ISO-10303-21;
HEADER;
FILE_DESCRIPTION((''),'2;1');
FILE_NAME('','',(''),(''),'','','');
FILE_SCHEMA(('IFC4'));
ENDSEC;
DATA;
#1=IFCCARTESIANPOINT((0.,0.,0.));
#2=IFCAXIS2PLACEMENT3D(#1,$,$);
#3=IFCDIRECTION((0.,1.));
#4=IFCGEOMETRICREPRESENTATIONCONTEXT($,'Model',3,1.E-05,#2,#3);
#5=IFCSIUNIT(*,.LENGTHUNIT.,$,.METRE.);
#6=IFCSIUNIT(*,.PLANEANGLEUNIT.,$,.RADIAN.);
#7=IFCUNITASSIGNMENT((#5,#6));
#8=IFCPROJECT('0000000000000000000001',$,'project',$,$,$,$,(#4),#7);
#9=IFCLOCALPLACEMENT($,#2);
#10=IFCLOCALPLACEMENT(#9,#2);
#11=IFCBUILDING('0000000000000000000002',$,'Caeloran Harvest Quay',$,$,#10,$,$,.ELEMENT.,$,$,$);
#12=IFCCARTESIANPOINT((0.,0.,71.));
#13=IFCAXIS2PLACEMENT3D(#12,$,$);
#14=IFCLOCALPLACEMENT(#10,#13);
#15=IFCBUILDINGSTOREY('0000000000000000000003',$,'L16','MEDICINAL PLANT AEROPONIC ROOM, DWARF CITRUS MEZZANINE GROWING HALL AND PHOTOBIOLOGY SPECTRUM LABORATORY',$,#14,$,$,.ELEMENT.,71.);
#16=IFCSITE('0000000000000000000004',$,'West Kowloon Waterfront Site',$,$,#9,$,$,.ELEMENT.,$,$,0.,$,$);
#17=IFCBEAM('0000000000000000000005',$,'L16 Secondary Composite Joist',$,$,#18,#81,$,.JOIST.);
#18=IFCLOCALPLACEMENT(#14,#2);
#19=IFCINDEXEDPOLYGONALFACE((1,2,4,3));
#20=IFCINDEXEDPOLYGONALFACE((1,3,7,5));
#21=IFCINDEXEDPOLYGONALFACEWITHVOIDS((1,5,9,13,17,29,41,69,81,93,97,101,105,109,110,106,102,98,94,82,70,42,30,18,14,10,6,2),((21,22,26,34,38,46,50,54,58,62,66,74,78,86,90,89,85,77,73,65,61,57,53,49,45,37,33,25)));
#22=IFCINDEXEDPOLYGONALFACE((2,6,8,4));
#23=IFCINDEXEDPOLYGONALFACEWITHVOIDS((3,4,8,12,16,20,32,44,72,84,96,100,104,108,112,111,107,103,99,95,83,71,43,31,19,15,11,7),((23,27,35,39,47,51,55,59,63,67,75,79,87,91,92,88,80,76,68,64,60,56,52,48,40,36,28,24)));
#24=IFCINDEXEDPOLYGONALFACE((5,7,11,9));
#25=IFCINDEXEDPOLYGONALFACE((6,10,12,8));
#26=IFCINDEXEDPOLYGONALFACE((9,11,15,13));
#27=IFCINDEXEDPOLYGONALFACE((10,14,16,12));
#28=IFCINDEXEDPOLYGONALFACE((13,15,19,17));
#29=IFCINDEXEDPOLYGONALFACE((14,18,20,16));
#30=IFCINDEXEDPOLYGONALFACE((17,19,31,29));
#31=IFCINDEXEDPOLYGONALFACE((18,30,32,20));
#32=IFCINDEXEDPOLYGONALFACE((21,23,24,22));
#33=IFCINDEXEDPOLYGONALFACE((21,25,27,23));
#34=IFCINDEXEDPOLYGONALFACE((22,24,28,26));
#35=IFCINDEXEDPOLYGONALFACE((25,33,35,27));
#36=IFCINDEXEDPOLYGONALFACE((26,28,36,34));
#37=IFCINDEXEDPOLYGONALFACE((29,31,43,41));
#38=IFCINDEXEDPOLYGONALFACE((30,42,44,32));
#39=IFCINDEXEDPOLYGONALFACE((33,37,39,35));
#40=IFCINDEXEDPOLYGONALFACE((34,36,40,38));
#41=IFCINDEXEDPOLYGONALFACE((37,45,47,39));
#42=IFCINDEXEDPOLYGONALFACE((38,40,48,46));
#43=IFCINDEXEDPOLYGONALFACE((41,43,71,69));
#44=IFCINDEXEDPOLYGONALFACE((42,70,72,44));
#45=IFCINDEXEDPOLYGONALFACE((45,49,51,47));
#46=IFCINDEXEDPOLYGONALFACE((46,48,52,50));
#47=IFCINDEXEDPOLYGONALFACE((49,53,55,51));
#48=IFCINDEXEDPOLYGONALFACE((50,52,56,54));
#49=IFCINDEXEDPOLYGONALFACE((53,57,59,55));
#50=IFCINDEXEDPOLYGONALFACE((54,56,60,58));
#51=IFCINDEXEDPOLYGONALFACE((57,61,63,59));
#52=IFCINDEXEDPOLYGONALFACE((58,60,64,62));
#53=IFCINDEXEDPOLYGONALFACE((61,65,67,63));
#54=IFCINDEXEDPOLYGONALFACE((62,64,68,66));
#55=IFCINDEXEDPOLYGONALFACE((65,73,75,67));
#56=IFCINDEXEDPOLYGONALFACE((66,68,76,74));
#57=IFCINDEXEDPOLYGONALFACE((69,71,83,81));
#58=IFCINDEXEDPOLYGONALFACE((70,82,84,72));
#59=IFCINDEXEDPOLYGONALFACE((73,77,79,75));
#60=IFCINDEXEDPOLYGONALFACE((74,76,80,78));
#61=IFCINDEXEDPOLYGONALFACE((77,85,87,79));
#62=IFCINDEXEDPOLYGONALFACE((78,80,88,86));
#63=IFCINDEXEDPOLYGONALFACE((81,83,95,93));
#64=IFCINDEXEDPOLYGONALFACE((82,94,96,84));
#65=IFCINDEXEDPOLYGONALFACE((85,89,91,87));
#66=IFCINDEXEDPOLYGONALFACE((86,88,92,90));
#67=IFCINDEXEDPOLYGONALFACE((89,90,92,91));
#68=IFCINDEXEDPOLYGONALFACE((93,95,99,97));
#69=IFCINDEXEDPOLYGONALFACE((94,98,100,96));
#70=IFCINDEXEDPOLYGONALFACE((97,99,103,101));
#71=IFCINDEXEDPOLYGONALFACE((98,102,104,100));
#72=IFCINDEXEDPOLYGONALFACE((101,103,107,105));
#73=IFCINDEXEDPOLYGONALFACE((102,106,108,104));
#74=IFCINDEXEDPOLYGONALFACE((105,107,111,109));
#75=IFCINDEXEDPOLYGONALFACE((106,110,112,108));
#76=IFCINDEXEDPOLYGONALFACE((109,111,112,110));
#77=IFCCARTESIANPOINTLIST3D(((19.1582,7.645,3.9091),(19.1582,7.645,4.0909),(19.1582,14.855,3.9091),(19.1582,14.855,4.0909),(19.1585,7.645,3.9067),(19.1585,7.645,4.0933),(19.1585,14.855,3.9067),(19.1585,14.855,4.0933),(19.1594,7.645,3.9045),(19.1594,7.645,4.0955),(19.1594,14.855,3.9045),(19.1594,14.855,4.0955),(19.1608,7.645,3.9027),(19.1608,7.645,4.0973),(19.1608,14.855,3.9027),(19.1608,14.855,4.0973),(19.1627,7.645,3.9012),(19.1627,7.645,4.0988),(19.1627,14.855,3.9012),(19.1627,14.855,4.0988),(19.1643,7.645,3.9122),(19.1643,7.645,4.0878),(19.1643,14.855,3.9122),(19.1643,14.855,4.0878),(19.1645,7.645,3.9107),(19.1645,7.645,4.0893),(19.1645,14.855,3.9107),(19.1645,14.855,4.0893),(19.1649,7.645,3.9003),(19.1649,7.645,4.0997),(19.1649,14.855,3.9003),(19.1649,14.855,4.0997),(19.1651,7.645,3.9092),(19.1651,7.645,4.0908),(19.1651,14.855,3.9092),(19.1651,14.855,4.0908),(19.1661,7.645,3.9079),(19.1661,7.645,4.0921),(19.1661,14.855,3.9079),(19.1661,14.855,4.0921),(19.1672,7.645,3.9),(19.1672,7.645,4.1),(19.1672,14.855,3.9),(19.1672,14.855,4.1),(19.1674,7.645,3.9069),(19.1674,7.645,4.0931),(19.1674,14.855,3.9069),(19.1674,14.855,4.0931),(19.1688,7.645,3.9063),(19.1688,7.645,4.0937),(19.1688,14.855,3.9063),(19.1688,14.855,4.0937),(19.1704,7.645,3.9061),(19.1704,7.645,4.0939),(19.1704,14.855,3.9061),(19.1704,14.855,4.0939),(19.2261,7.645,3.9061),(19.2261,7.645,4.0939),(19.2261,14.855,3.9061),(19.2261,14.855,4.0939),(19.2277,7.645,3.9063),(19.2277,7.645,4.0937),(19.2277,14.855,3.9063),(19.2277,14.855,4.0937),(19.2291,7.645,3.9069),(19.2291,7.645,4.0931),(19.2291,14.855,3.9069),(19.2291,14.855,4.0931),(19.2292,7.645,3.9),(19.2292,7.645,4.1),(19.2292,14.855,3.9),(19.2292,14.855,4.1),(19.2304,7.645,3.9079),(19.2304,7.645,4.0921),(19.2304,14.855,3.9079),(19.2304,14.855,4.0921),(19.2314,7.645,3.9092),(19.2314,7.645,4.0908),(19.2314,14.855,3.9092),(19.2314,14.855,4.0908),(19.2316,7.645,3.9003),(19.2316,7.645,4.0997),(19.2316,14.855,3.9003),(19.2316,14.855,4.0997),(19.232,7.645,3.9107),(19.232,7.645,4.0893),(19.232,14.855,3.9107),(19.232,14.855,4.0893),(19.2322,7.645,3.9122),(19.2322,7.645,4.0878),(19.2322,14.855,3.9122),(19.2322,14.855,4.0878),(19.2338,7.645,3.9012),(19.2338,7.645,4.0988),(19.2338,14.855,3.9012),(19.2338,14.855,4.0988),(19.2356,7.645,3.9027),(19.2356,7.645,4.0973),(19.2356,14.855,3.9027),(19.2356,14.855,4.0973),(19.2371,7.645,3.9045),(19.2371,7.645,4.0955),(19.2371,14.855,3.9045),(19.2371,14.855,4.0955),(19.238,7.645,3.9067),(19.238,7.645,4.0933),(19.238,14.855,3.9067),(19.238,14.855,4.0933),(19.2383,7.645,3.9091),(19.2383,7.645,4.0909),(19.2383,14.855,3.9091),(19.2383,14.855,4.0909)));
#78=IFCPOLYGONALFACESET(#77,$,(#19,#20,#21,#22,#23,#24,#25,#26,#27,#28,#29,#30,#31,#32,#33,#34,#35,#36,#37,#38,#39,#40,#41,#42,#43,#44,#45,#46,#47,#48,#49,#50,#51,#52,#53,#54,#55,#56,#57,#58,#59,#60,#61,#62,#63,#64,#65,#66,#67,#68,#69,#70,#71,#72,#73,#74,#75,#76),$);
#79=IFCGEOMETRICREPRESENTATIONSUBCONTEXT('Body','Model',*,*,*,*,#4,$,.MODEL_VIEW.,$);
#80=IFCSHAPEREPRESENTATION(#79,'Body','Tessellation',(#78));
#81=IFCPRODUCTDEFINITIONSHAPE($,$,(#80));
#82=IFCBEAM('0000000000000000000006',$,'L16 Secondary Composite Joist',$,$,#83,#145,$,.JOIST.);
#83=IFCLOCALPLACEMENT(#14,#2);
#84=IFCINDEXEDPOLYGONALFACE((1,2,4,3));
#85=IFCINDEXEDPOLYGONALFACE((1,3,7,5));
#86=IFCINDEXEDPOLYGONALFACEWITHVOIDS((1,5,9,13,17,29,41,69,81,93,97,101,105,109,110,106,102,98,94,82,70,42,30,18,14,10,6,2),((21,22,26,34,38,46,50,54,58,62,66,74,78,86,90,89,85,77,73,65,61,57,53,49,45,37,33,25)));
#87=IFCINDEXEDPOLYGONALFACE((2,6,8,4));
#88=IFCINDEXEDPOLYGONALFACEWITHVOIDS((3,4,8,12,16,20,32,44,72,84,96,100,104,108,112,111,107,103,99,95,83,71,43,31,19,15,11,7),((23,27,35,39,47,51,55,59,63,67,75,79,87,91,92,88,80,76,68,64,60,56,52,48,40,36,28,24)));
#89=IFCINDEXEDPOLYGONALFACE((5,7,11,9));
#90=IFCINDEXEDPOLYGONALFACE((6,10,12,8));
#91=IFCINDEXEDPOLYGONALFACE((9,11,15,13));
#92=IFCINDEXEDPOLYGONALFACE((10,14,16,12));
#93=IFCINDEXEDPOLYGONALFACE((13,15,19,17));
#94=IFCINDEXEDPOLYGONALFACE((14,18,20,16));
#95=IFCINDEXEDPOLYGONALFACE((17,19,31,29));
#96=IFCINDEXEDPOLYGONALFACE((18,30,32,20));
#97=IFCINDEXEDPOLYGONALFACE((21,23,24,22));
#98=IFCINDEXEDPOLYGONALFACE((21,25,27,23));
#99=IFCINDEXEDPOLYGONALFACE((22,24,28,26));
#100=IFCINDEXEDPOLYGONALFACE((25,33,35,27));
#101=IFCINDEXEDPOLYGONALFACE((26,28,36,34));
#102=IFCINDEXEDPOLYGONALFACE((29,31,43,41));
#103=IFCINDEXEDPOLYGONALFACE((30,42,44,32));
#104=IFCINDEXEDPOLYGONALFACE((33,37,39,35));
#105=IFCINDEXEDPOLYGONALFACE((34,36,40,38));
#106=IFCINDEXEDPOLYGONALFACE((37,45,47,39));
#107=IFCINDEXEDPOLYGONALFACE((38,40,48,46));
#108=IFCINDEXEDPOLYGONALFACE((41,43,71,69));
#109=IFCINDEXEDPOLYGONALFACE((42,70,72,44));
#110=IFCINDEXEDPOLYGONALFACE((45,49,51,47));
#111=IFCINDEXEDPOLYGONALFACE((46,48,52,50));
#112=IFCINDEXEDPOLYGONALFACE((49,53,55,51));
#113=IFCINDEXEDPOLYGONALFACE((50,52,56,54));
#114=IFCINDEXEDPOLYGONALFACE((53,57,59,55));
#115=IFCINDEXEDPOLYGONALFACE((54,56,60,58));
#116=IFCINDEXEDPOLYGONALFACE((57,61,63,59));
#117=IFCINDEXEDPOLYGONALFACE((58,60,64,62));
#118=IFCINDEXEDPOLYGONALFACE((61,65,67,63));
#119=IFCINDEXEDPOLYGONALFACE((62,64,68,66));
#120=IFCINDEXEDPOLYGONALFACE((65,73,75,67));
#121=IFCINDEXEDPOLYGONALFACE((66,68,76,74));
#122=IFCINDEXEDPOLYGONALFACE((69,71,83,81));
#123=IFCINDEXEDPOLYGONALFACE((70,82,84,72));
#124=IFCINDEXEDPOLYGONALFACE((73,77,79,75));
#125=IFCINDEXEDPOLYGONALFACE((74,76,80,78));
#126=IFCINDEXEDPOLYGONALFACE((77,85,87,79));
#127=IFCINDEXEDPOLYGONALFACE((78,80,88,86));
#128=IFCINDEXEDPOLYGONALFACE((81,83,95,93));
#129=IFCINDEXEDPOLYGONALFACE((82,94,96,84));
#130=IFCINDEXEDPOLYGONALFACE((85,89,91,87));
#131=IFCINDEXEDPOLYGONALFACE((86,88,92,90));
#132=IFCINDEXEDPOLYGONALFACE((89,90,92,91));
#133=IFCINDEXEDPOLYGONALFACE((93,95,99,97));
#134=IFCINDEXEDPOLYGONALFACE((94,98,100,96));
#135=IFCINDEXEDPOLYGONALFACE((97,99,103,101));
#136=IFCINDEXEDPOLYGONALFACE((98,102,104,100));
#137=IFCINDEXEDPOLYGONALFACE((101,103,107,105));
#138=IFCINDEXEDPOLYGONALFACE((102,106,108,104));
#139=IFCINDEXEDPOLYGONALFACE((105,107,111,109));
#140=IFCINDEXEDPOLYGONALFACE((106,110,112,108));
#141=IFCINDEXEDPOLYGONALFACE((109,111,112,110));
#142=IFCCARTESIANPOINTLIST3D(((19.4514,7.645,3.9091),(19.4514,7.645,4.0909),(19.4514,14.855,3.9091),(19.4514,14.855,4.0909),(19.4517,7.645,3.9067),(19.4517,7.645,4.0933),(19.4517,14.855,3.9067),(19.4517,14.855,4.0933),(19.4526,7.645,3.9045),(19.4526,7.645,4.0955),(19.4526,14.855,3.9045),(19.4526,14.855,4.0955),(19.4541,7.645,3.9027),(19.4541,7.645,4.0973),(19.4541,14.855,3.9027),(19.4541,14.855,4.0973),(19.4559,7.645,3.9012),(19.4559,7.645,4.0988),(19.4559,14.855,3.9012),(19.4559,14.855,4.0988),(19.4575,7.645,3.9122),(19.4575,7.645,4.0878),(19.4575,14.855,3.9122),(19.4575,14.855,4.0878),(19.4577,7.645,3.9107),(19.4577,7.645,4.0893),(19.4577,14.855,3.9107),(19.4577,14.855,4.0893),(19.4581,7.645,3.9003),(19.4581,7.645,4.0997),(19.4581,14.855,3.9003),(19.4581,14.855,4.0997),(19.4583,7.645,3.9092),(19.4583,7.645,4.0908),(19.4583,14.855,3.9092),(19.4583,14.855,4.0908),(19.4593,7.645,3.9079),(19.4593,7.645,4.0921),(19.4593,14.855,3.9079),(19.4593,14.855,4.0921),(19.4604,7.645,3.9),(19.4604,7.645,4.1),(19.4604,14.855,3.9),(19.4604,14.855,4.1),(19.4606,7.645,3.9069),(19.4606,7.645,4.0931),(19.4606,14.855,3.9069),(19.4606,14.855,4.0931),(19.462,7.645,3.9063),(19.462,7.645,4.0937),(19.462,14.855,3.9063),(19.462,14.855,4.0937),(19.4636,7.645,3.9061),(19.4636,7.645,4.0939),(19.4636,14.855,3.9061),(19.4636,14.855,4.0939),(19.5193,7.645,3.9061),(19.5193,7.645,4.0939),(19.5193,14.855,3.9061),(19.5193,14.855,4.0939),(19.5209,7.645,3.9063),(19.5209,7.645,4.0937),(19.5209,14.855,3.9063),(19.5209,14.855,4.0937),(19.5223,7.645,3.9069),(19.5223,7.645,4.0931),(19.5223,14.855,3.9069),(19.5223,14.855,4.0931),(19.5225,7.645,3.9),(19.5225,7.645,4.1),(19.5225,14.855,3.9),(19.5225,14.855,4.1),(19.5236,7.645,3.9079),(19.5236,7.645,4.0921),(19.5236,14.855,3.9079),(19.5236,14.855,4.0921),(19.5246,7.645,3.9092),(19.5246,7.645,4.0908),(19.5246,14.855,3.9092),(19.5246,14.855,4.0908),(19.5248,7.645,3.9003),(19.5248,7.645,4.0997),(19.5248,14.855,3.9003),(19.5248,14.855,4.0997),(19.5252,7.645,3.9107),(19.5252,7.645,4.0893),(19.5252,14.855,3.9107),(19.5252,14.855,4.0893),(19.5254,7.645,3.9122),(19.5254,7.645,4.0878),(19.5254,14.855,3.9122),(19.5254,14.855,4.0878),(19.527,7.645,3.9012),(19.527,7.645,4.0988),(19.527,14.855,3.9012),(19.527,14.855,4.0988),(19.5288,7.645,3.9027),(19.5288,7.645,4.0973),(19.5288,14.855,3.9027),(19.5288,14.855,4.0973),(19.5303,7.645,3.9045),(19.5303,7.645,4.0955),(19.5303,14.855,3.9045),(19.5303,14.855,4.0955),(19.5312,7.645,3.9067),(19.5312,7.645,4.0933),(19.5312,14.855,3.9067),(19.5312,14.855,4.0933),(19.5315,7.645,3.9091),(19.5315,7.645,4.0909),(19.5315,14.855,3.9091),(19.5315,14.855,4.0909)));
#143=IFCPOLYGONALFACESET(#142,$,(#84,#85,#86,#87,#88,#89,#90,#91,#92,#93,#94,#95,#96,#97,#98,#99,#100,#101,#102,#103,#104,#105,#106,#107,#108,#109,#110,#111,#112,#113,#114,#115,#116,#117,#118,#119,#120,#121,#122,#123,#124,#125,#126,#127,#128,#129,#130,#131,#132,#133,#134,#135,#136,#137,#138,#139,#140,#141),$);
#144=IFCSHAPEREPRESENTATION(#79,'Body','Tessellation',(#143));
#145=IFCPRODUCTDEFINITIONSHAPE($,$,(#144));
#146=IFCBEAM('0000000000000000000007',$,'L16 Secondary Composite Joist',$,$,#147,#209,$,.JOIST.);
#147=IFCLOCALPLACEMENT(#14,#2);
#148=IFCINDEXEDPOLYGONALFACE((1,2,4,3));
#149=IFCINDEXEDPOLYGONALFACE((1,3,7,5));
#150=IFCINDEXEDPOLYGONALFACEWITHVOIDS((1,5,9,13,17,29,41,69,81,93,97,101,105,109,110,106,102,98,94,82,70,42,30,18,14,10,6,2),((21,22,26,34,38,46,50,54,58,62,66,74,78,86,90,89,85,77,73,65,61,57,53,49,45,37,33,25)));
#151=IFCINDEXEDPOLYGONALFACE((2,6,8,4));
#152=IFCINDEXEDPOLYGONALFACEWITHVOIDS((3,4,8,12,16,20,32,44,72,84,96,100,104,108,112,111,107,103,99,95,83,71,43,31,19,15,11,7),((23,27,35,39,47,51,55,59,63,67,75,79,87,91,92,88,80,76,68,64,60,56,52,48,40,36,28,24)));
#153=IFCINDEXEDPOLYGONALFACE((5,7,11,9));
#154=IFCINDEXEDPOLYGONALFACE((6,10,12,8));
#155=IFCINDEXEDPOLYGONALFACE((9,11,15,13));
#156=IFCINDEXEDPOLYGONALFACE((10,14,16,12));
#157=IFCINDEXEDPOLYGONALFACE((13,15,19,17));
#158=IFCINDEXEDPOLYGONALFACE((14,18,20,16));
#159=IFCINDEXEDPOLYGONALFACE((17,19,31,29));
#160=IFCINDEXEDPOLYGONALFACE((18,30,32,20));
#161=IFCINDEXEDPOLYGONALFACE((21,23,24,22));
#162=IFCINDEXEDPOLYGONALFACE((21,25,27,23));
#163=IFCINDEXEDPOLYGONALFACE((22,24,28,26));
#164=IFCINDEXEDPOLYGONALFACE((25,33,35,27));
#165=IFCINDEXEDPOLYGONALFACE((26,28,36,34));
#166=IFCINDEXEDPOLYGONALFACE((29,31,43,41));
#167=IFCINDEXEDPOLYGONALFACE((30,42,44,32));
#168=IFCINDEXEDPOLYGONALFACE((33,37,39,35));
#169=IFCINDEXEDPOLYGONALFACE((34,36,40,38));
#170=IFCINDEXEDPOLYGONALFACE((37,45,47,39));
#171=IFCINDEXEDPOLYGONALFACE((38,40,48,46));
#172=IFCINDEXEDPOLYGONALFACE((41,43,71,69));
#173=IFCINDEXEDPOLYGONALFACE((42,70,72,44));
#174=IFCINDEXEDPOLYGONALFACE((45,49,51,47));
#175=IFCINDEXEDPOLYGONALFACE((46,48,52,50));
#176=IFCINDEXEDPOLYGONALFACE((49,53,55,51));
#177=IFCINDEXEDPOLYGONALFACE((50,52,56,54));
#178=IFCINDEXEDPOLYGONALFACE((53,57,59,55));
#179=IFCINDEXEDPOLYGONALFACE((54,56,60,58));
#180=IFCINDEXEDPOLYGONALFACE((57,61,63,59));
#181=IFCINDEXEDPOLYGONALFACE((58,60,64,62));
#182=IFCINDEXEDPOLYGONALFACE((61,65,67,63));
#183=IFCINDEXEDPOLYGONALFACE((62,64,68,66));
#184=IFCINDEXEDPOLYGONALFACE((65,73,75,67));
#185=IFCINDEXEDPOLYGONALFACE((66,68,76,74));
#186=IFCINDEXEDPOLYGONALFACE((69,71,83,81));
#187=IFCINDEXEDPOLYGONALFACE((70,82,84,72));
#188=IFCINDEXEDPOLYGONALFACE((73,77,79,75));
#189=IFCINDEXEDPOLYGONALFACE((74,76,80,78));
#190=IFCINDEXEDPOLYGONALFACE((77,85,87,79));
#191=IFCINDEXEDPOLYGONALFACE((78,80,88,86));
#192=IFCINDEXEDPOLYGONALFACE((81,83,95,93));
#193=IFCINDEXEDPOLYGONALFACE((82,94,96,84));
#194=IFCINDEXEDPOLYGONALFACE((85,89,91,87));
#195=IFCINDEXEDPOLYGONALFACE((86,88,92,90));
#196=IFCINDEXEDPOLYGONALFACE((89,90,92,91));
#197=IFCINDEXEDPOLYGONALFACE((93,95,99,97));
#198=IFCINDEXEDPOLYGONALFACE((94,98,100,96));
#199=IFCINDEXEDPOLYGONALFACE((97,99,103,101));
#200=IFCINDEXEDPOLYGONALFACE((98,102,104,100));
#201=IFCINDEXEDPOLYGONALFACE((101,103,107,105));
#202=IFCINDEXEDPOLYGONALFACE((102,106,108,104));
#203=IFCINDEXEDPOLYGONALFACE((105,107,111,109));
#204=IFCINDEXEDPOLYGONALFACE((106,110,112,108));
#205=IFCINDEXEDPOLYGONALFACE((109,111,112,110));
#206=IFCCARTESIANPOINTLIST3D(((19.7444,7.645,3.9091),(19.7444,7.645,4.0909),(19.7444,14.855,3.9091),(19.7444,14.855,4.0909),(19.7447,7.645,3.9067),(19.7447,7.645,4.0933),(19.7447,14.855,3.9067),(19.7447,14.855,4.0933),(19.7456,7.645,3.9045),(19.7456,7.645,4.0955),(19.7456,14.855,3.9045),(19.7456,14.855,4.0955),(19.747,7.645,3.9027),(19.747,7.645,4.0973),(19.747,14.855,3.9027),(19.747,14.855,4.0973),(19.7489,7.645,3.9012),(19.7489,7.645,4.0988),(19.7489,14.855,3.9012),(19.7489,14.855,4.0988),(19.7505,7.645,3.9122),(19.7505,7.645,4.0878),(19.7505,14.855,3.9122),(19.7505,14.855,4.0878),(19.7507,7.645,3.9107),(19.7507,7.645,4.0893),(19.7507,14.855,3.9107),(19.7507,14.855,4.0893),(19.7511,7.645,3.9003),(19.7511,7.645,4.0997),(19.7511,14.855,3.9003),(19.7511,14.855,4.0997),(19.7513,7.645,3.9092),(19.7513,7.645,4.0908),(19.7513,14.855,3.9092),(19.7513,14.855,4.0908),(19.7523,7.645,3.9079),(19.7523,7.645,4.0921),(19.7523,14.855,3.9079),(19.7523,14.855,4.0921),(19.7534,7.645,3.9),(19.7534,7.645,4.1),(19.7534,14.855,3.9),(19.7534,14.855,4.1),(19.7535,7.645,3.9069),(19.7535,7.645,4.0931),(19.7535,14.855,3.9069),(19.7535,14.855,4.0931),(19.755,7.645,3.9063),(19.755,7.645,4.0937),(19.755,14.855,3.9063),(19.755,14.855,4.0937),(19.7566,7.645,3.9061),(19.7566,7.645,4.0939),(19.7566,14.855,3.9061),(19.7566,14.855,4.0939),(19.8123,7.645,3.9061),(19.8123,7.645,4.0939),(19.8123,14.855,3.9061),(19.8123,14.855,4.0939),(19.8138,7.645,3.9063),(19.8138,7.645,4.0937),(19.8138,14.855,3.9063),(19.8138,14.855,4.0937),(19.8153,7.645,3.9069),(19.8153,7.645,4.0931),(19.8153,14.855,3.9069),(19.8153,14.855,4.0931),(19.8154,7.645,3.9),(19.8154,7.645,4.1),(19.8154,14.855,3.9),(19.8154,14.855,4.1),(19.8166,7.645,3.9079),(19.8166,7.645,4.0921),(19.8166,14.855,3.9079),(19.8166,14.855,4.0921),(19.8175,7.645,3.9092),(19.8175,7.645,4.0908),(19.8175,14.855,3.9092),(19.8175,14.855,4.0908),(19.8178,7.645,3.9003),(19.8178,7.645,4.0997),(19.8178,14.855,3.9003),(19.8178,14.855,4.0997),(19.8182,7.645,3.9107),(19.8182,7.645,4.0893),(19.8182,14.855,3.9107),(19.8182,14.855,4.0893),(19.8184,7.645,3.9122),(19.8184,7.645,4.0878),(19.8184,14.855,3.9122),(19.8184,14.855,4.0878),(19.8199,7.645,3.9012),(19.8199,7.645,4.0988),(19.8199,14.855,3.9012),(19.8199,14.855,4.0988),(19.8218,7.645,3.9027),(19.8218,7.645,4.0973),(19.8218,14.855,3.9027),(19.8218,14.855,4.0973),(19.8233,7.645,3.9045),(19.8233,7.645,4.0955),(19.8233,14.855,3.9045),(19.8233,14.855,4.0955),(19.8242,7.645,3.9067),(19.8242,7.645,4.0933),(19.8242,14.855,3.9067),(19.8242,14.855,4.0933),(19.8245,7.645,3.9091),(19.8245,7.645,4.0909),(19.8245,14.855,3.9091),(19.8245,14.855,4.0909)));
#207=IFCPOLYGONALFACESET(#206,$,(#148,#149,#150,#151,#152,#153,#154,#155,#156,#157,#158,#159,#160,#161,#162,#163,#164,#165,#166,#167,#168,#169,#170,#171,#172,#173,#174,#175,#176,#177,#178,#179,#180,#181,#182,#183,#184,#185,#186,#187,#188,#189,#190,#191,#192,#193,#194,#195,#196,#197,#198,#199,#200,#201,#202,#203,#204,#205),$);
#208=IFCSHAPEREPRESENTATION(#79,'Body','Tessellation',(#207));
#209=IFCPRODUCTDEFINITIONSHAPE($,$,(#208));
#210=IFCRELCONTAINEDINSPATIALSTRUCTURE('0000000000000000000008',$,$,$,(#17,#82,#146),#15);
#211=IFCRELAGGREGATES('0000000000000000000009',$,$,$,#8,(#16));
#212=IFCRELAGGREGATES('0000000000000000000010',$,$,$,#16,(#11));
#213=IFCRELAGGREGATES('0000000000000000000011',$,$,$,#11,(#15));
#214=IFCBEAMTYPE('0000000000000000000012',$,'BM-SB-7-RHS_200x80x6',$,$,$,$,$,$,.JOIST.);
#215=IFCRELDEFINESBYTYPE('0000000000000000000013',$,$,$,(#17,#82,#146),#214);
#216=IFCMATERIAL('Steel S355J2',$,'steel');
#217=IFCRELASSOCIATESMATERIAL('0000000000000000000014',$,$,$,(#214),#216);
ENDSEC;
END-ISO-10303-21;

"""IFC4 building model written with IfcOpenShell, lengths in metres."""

from ifc_helpers import new_model, si_unit, direction, frame, origin, origin_2d, place, context, subcontext, project, spatial, hollow_rectangle, extrude, material, material_profile, profile_set, type_object, element, save


model = new_model("IFC4")

# Units and contexts
model_context = context("Model", 3, precision=1e-05, world=origin(), true_north=direction((0.0, 1.0)))
body_context = subcontext(model_context, "Body", "Model", "MODEL_VIEW")
ifc_project = project(units=[si_unit("LENGTHUNIT", "METRE"), si_unit("PLANEANGLEUNIT", "RADIAN")], contexts=[model_context])

# Site, building, storey
site_placement = place(None, origin())
site = spatial("IfcSite", under=ifc_project, at=site_placement, Name="West Kowloon Waterfront Site", CompositionType="ELEMENT", RefElevation=0.0)
building_placement = place(site_placement, origin())
building = spatial("IfcBuilding", under=site, at=building_placement, Name="Caeloran Harvest Quay", CompositionType="ELEMENT")
storey_placement = place(building_placement, frame((0.0, 0.0, 71.0)))
storey = spatial("IfcBuildingStorey", under=building, at=storey_placement, Name="L16", Description="MEDICINAL PLANT AEROPONIC ROOM, DWARF CITRUS MEZZANINE GROWING HALL AND PHOTOBIOLOGY SPECTRUM LABORATORY", CompositionType="ELEMENT", Elevation=71.0)

# Beams
ifc_material_1 = material(Name="Steel S355J2", Category="steel")
ifc_material_profile_1 = material_profile(ifc_material_1, hollow_rectangle(XDim=0.0801, YDim=0.2, WallThickness=0.0061, InnerFilletRadius=0.0061, OuterFilletRadius=0.009, at=origin_2d()), Name="RHS 200x80x6")
ifc_profile_set_1 = profile_set([ifc_material_profile_1], Name="Steel S355J2")
beam_type_1 = type_object("IfcBeamType", Name="BM-SB-7-RHS_200x80x6", PredefinedType="JOIST", material=ifc_profile_set_1)
for number, where, z_axis, x_axis, name in (
    (1, (19.1982, 7.645, 4.0), (0.0, 1.0, 0.0), (-1.0, 0.0, 0.0), "L16 Secondary Composite Joist"),
    (2, (19.4915, 7.645, 4.0), (0.0, 1.0, 0.0), (-1.0, 0.0, 0.0), "L16 Secondary Composite Joist"),
    (3, (19.7844, 7.645, 4.0), (0.0, 1.0, 0.0), (-1.0, 0.0, 0.0), "L16 Secondary Composite Joist"),
):
    element("IfcBeam", number, at=place(storey_placement, frame(where, z_axis=z_axis, x_axis=x_axis)), inside=storey, type_object=beam_type_1, Name=name, PredefinedType="JOIST", context=body_context, shape_type="SweptSolid", body=[
        extrude(hollow_rectangle(XDim=0.0801, YDim=0.2, WallThickness=0.0061, InnerFilletRadius=0.0061, OuterFilletRadius=0.009, at=origin_2d()), origin(), (0.0, 0.0, 1.0), 7.21),
    ])

save(model, "model.ifc")
